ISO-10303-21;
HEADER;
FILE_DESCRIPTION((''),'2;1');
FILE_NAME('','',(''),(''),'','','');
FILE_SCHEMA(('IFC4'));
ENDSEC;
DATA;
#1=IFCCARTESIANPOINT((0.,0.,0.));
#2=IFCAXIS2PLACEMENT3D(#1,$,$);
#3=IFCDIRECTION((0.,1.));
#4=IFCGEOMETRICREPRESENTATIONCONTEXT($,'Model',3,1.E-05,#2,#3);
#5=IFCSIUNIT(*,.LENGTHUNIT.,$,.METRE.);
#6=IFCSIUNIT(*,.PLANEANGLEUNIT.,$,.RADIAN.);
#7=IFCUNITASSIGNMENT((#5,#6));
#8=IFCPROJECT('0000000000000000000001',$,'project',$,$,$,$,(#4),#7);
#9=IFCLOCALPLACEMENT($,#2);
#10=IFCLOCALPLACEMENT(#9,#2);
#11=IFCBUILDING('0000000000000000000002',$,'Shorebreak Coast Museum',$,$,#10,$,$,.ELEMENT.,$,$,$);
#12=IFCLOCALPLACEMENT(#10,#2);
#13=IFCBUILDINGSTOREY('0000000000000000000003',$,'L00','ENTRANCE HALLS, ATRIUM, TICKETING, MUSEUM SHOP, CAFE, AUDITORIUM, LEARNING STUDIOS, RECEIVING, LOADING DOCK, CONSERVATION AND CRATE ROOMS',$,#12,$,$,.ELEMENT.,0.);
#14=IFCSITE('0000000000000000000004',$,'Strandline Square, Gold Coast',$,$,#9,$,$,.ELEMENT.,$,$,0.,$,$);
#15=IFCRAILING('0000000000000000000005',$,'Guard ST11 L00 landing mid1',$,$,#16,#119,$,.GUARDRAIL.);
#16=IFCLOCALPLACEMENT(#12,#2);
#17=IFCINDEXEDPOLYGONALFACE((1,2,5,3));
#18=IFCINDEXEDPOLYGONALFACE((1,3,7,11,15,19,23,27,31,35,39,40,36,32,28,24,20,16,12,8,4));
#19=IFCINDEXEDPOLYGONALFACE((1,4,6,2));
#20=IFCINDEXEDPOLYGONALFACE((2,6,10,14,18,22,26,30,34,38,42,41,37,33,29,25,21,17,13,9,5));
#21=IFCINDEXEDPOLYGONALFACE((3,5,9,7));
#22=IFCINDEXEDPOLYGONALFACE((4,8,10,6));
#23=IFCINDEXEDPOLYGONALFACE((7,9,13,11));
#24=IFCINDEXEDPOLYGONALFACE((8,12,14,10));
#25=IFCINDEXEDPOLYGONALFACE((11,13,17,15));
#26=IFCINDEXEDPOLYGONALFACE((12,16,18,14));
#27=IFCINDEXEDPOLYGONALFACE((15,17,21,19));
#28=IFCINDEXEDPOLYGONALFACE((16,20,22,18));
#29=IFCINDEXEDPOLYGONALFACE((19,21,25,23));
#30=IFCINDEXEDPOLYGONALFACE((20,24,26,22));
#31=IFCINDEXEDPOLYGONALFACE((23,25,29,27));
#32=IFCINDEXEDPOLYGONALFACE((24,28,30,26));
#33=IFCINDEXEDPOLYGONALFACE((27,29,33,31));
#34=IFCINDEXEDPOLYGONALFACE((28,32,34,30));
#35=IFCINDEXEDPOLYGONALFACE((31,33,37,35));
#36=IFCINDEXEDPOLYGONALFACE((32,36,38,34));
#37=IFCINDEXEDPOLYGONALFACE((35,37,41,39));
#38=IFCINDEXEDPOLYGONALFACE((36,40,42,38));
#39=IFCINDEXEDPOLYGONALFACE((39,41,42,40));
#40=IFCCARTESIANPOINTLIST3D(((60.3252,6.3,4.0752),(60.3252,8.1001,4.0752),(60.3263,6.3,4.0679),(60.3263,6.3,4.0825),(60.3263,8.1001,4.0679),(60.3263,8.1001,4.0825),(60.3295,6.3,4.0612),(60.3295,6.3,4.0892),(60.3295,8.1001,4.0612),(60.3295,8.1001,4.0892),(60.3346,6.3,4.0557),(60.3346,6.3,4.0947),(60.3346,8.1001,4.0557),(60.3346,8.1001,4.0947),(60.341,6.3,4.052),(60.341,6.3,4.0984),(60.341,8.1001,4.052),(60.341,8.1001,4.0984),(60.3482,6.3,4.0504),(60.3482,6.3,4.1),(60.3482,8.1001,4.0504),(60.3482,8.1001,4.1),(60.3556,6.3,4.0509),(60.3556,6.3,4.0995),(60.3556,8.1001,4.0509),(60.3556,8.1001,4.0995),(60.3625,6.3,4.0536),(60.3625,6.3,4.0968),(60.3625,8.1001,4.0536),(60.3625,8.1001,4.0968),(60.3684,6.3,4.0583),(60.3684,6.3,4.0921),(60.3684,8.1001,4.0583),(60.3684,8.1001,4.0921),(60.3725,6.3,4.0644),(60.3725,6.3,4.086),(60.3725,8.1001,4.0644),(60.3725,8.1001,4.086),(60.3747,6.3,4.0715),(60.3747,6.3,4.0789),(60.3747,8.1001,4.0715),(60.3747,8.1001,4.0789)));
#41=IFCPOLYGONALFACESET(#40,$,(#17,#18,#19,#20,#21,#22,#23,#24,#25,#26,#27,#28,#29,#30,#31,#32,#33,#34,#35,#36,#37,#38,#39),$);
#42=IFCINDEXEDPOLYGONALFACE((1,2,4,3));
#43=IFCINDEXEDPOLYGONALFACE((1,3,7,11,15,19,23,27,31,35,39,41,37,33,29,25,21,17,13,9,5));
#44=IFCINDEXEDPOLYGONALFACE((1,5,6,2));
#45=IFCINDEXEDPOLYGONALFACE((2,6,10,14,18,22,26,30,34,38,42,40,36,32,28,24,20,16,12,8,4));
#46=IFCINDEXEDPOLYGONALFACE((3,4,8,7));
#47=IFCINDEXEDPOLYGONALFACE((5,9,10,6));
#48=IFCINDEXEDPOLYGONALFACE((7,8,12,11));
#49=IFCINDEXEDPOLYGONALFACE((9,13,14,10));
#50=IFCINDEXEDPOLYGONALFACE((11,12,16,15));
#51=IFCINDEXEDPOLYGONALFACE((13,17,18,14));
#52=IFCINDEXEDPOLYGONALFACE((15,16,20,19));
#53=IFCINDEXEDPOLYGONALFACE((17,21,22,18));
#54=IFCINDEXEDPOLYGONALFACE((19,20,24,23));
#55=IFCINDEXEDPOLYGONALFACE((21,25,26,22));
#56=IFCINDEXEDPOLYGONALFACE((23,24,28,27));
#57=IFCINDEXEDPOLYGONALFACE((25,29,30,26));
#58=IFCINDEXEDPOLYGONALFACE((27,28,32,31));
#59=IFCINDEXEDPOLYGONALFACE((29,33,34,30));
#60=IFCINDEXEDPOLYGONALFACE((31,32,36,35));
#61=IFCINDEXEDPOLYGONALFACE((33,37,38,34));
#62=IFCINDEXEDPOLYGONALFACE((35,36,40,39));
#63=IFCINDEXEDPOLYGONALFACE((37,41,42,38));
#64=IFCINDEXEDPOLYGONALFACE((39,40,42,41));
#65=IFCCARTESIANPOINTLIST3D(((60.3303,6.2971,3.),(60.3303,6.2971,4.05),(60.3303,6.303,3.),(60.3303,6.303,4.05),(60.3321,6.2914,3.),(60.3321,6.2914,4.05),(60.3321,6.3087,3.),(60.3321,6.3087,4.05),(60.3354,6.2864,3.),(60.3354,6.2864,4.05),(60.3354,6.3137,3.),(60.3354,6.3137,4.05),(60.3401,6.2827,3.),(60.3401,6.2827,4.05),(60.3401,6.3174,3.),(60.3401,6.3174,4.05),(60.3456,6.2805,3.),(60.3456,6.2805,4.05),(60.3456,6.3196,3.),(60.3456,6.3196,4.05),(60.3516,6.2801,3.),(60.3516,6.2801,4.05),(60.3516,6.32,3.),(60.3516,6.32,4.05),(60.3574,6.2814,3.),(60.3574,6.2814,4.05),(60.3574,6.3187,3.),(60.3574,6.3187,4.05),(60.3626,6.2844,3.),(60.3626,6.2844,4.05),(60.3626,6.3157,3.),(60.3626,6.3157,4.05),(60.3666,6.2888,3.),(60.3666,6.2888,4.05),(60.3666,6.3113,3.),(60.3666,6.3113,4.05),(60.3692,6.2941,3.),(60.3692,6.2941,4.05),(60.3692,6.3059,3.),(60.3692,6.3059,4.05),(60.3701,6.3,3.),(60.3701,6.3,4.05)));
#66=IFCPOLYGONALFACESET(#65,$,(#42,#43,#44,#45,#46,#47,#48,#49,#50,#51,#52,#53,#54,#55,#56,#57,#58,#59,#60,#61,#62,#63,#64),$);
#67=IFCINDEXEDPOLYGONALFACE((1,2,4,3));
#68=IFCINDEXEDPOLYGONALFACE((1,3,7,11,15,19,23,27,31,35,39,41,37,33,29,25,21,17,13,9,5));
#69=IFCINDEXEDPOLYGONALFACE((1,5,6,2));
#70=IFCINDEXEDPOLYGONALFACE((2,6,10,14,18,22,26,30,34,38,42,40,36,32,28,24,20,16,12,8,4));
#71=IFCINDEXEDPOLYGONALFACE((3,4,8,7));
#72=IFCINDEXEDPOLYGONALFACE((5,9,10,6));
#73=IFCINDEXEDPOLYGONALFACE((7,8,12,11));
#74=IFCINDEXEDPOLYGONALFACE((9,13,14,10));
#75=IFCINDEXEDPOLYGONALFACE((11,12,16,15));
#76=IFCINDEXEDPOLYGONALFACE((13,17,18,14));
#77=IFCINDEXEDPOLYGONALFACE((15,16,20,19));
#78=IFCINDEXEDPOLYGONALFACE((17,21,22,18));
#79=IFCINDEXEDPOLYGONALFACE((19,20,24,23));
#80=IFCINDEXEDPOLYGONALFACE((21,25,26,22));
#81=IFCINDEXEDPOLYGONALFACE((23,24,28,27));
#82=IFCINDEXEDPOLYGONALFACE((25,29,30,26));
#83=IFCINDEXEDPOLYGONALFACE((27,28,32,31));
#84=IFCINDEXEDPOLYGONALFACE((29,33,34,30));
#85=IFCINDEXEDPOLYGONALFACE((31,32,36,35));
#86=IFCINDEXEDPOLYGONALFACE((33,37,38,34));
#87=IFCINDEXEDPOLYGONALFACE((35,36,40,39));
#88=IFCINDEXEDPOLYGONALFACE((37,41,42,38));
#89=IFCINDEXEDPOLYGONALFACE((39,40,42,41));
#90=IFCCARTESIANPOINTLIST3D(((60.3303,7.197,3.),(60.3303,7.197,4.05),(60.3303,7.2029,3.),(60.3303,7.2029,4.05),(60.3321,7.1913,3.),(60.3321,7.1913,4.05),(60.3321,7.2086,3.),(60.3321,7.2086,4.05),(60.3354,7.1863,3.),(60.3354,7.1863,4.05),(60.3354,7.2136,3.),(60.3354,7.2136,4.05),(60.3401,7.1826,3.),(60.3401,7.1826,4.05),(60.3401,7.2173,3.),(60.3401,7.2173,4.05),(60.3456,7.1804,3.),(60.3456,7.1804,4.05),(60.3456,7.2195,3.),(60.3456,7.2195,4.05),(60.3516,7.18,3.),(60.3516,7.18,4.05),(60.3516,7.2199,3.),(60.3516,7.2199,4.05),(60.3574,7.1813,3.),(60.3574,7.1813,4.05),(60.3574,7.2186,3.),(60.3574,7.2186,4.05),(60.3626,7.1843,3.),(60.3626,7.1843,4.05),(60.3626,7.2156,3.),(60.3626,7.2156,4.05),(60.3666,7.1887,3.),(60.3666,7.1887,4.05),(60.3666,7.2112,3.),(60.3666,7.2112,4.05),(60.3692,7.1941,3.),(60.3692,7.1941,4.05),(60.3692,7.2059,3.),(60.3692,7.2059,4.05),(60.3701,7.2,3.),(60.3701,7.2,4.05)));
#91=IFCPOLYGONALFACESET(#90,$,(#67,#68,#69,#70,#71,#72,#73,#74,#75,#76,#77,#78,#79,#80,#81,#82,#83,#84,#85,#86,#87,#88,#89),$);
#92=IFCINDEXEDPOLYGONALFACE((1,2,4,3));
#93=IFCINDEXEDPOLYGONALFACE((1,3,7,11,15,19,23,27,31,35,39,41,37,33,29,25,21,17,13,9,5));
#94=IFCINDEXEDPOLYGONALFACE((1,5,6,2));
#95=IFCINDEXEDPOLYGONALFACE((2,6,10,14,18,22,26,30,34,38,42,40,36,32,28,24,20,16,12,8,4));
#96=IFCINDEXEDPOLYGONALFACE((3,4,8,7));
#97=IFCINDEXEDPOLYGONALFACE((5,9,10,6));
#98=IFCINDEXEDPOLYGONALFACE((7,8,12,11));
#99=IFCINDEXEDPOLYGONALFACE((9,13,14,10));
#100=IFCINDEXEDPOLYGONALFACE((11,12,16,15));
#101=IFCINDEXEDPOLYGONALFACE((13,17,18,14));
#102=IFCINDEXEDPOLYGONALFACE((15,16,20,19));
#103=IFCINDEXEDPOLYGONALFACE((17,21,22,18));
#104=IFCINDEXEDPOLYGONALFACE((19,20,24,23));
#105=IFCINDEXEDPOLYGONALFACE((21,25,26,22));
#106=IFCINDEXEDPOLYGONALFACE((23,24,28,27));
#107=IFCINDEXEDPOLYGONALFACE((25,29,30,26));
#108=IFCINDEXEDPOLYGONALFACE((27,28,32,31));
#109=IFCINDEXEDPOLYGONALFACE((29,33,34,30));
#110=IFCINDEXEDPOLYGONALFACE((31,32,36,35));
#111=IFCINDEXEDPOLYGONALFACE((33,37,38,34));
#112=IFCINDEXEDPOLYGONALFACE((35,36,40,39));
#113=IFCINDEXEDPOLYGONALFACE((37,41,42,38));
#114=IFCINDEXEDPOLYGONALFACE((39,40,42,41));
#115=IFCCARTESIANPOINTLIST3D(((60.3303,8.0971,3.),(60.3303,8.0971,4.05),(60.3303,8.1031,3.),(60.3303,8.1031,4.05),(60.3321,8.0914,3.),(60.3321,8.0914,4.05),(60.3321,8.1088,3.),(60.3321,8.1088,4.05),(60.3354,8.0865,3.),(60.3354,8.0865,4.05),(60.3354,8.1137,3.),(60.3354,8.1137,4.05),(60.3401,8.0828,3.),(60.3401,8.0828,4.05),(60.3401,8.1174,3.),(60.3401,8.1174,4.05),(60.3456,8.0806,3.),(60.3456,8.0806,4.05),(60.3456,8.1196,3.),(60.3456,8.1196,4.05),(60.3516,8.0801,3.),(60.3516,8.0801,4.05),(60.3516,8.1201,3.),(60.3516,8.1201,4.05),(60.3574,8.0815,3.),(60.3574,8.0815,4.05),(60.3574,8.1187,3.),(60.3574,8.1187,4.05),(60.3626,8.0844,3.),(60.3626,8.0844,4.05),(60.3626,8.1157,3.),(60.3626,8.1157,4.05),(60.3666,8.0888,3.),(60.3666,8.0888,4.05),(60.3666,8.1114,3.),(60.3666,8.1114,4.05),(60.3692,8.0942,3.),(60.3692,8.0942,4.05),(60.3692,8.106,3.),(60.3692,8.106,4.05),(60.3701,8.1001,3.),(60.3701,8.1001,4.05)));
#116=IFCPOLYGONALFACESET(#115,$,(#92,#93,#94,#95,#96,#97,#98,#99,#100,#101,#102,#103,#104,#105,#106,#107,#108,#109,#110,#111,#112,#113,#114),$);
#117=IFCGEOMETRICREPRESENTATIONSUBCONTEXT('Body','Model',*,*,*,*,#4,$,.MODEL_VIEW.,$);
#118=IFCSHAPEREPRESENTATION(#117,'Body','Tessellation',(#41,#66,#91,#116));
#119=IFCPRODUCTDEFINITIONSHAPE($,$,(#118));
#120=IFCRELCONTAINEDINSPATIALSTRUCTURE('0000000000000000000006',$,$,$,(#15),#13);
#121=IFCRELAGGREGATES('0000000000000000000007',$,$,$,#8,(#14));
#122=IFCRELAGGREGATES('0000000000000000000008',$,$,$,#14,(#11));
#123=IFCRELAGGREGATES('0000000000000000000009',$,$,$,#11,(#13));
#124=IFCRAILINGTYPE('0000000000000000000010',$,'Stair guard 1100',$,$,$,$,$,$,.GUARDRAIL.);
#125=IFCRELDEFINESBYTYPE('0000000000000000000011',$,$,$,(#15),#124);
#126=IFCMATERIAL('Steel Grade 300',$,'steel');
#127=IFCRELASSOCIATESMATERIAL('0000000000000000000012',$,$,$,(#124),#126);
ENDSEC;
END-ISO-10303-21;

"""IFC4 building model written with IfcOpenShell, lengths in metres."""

from ifc_helpers import new_model, si_unit, direction, frame, origin, origin_2d, place, context, subcontext, project, spatial, circle, extrude, material, type_object, element, save


model = new_model("IFC4")

# Units and contexts
model_context = context("Model", 3, precision=1e-05, world=origin(), true_north=direction((0.0, 1.0)))
body_context = subcontext(model_context, "Body", "Model", "MODEL_VIEW")
ifc_project = project(units=[si_unit("LENGTHUNIT", "METRE"), si_unit("PLANEANGLEUNIT", "RADIAN")], contexts=[model_context])

# Site, building, storey
site_placement = place(None, origin())
site = spatial("IfcSite", under=ifc_project, at=site_placement, Name="Strandline Square, Gold Coast", CompositionType="ELEMENT", RefElevation=0.0)
building_placement = place(site_placement, origin())
building = spatial("IfcBuilding", under=site, at=building_placement, Name="Shorebreak Coast Museum", CompositionType="ELEMENT")
storey_placement = place(building_placement, origin())
storey = spatial("IfcBuildingStorey", under=building, at=storey_placement, Name="L00", Description="ENTRANCE HALLS, ATRIUM, TICKETING, MUSEUM SHOP, CAFE, AUDITORIUM, LEARNING STUDIOS, RECEIVING, LOADING DOCK, CONSERVATION AND CRATE ROOMS", CompositionType="ELEMENT", Elevation=0.0)

# Railing
ifc_material_1 = material(Name="Steel Grade 300", Category="steel")
railing_type_1 = type_object("IfcRailingType", Name="Stair guard 1100", PredefinedType="GUARDRAIL", material=ifc_material_1)
railing_1_placement = place(storey_placement, frame((60.3501, 6.3, 3.0)))
element("IfcRailing", 1, at=railing_1_placement, inside=storey, type_object=railing_type_1, Name="Guard ST11 L00 landing mid1", PredefinedType="GUARDRAIL", context=body_context, shape_type="SweptSolid", body=[
    extrude(circle(Radius=0.0249, at=origin_2d()), frame((0.0, 0.0, 1.0752), z_axis=(0.0, 1.0, 0.0), x_axis=(-1.0, 0.0, 0.0)), (0.0, 0.0, 1.0), 1.8),
    extrude(circle(Radius=0.02, at=origin_2d()), origin(), (0.0, 0.0, 1.0), 1.05),
    extrude(circle(Radius=0.02, at=origin_2d()), frame((0.0, 0.8999, 0.0)), (0.0, 0.0, 1.0), 1.05),
    extrude(circle(Radius=0.02, at=origin_2d()), frame((0.0, 1.8, 0.0)), (0.0, 0.0, 1.0), 1.05),
])

save(model, "model.ifc")
